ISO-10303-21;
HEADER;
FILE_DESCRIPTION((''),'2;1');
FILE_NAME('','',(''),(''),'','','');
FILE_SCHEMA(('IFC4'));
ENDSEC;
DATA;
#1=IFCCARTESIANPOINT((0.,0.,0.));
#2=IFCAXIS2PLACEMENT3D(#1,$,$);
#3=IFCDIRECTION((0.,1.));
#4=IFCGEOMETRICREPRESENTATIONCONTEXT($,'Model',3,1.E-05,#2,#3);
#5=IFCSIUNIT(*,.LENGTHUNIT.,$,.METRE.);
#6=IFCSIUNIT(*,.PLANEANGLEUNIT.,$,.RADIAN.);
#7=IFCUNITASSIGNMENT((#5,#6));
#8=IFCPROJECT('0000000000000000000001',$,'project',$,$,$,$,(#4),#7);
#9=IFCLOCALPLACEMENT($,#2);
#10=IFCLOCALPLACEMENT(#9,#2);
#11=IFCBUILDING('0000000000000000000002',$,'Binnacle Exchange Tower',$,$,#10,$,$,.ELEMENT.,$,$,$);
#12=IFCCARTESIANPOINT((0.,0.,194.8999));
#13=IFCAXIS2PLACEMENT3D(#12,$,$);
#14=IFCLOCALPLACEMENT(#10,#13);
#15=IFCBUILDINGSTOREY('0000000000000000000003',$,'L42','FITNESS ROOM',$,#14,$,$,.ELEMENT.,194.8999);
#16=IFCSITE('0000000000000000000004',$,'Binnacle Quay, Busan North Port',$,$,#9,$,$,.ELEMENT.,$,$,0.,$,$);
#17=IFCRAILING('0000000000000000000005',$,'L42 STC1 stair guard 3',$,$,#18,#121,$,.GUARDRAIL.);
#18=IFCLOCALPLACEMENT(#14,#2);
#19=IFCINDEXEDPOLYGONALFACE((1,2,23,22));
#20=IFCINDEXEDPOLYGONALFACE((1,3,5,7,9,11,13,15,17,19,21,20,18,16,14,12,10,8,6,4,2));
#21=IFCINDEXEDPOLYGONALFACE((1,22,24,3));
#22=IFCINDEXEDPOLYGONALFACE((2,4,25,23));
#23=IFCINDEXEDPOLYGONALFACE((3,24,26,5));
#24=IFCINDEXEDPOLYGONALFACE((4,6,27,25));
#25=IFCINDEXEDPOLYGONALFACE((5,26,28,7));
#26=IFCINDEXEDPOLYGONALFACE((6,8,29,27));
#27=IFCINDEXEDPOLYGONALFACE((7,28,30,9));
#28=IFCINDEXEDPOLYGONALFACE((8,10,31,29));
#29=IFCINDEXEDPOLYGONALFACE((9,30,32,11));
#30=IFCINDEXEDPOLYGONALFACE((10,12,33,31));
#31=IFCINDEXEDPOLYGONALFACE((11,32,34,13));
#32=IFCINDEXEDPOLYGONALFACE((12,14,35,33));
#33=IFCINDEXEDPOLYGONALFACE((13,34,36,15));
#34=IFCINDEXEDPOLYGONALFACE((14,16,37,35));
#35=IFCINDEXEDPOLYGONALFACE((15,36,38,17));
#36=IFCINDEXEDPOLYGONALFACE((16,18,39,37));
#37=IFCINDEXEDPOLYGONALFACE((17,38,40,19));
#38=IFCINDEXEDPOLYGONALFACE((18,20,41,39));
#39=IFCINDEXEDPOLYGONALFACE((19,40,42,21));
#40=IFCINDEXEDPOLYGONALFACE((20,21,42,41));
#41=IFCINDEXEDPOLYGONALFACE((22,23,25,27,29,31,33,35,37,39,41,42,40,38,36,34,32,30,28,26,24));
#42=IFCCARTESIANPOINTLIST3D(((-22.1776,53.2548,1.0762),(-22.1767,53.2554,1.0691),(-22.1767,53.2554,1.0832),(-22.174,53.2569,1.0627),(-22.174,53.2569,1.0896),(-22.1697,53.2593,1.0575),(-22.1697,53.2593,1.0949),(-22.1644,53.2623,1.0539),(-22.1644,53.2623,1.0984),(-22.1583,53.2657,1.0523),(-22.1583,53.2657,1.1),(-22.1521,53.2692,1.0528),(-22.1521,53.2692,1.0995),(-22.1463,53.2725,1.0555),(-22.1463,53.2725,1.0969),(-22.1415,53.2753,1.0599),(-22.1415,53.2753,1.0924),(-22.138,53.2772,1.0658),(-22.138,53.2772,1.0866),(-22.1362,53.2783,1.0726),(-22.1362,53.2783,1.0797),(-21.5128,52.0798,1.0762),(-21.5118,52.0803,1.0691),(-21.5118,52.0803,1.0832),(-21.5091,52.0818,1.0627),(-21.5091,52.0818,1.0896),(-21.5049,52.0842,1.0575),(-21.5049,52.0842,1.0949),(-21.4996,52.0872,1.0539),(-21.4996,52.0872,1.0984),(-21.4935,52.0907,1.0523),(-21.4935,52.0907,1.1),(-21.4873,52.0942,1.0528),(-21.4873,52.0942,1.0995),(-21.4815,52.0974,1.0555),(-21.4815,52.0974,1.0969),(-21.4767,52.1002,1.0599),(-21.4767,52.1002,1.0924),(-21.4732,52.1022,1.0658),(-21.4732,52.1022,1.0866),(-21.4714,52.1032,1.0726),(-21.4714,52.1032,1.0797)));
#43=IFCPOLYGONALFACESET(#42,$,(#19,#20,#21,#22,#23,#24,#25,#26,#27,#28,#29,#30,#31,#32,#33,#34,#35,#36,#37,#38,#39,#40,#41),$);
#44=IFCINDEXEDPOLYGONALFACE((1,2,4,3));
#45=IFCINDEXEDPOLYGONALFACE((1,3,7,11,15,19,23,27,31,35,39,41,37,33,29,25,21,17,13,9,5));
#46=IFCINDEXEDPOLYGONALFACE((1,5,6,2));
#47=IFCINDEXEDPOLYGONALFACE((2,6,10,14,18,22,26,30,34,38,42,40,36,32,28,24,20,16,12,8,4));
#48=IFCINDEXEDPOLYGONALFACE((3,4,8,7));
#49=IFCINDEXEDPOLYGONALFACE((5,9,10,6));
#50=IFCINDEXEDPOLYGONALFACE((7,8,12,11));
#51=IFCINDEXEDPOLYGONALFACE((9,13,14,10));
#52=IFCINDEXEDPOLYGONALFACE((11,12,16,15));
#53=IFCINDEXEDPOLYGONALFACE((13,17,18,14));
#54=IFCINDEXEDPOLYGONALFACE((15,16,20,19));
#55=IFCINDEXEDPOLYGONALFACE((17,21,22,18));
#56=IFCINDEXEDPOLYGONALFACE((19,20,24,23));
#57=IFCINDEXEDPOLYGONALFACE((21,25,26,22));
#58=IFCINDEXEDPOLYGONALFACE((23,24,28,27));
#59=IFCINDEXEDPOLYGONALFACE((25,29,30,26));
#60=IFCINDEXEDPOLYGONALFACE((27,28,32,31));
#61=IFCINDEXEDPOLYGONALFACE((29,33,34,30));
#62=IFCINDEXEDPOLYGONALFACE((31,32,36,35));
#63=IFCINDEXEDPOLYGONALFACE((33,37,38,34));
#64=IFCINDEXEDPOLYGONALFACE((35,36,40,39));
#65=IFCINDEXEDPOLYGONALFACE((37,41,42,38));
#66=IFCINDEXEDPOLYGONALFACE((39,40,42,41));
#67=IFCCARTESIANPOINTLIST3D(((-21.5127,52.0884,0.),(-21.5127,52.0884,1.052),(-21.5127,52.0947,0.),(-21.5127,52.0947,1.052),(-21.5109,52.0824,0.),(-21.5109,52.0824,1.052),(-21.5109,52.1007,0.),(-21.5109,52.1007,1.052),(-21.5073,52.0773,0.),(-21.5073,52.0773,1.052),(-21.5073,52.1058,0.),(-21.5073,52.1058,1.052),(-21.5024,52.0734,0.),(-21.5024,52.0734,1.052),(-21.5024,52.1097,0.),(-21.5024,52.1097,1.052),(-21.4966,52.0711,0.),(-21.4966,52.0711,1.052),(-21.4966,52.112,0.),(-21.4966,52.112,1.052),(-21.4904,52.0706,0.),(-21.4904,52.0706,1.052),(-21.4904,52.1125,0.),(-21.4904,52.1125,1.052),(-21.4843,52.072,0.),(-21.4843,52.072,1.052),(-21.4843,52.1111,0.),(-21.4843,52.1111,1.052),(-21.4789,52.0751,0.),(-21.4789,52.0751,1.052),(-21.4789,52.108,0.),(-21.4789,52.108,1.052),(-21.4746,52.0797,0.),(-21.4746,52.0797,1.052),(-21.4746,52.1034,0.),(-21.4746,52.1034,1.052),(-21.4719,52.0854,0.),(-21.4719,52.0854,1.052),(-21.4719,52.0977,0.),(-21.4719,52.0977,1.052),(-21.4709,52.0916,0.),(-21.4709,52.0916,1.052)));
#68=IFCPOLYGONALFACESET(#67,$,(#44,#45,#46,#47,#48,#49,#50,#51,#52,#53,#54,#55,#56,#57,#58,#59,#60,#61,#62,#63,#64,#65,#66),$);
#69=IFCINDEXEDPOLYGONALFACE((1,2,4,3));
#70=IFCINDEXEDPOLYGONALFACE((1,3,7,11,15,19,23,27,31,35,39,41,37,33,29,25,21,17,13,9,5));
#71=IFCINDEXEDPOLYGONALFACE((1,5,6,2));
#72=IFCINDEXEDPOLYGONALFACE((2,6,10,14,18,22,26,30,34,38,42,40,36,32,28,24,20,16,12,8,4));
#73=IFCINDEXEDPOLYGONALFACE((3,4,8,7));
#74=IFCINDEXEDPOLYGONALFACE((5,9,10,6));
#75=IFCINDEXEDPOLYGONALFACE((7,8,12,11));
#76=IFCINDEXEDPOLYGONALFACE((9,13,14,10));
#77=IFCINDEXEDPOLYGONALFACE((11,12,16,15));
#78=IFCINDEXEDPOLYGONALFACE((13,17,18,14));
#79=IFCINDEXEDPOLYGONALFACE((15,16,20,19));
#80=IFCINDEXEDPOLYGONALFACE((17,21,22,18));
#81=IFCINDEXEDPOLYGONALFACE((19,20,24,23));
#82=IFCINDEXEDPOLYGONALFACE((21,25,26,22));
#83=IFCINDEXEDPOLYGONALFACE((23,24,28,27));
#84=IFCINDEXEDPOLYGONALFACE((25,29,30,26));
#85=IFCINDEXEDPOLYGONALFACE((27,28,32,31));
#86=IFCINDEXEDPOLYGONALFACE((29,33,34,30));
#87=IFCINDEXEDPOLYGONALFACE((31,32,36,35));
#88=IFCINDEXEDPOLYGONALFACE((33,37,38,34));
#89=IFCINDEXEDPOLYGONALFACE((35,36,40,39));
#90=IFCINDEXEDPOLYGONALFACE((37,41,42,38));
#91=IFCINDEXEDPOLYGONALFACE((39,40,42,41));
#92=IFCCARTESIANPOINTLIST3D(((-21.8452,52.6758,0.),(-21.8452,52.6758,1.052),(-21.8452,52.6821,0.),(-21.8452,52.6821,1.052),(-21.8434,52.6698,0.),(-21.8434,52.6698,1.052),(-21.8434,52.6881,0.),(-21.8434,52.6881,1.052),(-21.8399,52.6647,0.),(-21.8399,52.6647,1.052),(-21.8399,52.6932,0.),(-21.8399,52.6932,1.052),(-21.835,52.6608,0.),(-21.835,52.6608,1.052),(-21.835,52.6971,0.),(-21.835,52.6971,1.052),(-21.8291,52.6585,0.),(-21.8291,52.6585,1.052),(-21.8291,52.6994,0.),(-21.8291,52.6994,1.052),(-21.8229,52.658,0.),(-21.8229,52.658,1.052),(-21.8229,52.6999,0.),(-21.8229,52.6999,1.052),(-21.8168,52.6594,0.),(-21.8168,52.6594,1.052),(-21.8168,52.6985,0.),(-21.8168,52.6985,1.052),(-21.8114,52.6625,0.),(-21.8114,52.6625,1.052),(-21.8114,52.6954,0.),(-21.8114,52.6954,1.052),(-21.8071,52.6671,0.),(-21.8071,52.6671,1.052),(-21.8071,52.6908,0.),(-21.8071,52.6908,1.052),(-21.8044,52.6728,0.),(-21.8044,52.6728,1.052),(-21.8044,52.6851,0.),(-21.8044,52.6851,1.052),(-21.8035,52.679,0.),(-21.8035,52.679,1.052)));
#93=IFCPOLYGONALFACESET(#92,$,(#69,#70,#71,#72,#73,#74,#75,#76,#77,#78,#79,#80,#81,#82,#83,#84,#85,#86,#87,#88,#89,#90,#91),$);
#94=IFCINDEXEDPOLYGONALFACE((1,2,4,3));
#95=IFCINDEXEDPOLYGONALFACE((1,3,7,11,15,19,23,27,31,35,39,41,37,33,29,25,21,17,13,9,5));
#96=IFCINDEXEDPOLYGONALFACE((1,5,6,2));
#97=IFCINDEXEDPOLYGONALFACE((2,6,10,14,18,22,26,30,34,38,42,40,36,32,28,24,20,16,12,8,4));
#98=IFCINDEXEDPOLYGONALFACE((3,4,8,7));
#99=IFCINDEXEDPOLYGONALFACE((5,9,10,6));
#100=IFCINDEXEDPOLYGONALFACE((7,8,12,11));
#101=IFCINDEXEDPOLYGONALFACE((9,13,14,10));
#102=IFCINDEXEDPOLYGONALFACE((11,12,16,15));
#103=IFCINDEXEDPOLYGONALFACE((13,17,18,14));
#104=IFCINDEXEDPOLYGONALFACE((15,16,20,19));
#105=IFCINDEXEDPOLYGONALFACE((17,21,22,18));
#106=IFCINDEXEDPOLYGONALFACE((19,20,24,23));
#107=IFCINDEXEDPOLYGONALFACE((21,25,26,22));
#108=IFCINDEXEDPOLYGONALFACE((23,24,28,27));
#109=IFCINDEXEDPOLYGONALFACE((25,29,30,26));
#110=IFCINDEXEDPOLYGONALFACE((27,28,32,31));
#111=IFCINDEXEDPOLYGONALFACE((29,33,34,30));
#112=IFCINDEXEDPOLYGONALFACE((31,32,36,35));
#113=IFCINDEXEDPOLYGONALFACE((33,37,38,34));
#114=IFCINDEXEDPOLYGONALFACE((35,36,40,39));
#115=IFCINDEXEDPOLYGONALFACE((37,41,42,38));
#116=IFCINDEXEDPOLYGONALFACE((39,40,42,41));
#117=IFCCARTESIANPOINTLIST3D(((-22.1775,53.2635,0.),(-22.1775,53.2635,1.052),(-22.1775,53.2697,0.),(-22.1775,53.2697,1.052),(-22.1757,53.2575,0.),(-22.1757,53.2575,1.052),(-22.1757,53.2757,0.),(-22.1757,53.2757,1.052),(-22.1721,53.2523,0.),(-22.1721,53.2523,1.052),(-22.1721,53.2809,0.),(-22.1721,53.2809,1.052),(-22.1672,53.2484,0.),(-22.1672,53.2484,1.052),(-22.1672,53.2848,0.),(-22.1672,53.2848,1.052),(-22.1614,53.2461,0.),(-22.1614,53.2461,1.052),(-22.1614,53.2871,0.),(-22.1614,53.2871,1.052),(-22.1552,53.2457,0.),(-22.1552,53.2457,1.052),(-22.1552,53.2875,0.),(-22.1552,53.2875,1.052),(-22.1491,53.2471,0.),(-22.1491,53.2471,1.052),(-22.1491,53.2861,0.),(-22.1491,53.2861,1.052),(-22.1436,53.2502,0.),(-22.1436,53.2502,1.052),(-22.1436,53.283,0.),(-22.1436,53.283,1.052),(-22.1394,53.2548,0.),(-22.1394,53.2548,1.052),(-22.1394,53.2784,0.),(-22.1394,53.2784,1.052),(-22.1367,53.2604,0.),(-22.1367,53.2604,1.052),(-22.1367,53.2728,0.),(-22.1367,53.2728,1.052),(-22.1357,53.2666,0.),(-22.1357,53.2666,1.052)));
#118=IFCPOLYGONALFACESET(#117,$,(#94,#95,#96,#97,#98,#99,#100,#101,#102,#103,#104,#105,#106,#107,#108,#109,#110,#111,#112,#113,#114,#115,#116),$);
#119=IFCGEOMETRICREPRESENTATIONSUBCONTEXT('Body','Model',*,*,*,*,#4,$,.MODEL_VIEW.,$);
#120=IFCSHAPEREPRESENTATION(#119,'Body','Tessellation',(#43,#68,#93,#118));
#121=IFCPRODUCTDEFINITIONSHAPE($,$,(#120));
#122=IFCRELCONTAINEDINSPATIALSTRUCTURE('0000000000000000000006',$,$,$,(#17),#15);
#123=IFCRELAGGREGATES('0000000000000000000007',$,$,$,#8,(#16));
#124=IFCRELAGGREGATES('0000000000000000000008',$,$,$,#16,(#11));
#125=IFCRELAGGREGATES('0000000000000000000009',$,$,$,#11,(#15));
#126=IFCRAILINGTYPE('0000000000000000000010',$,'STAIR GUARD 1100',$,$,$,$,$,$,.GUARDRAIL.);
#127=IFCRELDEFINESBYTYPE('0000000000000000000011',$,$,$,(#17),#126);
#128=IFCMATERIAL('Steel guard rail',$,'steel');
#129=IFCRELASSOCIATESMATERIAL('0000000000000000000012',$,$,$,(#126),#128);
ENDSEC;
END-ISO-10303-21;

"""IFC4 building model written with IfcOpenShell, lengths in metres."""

from ifc_helpers import new_model, si_unit, direction, frame, origin, origin_2d, place, context, subcontext, project, spatial, circle, extrude, material, type_object, element, save


model = new_model("IFC4")

# Units and contexts
model_context = context("Model", 3, precision=1e-05, world=origin(), true_north=direction((0.0, 1.0)))
body_context = subcontext(model_context, "Body", "Model", "MODEL_VIEW")
ifc_project = project(units=[si_unit("LENGTHUNIT", "METRE"), si_unit("PLANEANGLEUNIT", "RADIAN")], contexts=[model_context])

# Site, building, storey
site_placement = place(None, origin())
site = spatial("IfcSite", under=ifc_project, at=site_placement, Name="Binnacle Quay, Busan North Port", CompositionType="ELEMENT", RefElevation=0.0)
building_placement = place(site_placement, origin())
building = spatial("IfcBuilding", under=site, at=building_placement, Name="Binnacle Exchange Tower", CompositionType="ELEMENT")
storey_placement = place(building_placement, frame((0.0, 0.0, 194.8999)))
storey = spatial("IfcBuildingStorey", under=building, at=storey_placement, Name="L42", Description="FITNESS ROOM", CompositionType="ELEMENT", Elevation=194.8999)

# Railing
ifc_material_1 = material(Name="Steel guard rail", Category="steel")
railing_type_1 = type_object("IfcRailingType", Name="STAIR GUARD 1100", PredefinedType="GUARDRAIL", material=ifc_material_1)
railing_1_placement = place(storey_placement, frame((-21.4919, 52.0916, 0.0)))
element("IfcRailing", 1, at=railing_1_placement, inside=storey, type_object=railing_type_1, Name="L42 STC1 stair guard 3", PredefinedType="GUARDRAIL", context=body_context, shape_type="SweptSolid", body=[
    extrude(circle(Radius=0.0239, at=origin_2d()), frame((0.0, 0.0, 1.0762), z_axis=(-0.492415, 0.870361, 0.0), x_axis=(-0.870361, -0.492415, 0.0)), (0.0, 0.0, 1.0), 1.3501),
    extrude(circle(Radius=0.021, at=origin_2d()), origin(), (0.0, 0.0, 1.0), 1.052),
    extrude(circle(Radius=0.021, at=origin_2d()), frame((-0.3325, 0.5874, 0.0)), (0.0, 0.0, 1.0), 1.052),
    extrude(circle(Radius=0.021, at=origin_2d()), frame((-0.6648, 1.175, 0.0)), (0.0, 0.0, 1.0), 1.052),
])

save(model, "model.ifc")
